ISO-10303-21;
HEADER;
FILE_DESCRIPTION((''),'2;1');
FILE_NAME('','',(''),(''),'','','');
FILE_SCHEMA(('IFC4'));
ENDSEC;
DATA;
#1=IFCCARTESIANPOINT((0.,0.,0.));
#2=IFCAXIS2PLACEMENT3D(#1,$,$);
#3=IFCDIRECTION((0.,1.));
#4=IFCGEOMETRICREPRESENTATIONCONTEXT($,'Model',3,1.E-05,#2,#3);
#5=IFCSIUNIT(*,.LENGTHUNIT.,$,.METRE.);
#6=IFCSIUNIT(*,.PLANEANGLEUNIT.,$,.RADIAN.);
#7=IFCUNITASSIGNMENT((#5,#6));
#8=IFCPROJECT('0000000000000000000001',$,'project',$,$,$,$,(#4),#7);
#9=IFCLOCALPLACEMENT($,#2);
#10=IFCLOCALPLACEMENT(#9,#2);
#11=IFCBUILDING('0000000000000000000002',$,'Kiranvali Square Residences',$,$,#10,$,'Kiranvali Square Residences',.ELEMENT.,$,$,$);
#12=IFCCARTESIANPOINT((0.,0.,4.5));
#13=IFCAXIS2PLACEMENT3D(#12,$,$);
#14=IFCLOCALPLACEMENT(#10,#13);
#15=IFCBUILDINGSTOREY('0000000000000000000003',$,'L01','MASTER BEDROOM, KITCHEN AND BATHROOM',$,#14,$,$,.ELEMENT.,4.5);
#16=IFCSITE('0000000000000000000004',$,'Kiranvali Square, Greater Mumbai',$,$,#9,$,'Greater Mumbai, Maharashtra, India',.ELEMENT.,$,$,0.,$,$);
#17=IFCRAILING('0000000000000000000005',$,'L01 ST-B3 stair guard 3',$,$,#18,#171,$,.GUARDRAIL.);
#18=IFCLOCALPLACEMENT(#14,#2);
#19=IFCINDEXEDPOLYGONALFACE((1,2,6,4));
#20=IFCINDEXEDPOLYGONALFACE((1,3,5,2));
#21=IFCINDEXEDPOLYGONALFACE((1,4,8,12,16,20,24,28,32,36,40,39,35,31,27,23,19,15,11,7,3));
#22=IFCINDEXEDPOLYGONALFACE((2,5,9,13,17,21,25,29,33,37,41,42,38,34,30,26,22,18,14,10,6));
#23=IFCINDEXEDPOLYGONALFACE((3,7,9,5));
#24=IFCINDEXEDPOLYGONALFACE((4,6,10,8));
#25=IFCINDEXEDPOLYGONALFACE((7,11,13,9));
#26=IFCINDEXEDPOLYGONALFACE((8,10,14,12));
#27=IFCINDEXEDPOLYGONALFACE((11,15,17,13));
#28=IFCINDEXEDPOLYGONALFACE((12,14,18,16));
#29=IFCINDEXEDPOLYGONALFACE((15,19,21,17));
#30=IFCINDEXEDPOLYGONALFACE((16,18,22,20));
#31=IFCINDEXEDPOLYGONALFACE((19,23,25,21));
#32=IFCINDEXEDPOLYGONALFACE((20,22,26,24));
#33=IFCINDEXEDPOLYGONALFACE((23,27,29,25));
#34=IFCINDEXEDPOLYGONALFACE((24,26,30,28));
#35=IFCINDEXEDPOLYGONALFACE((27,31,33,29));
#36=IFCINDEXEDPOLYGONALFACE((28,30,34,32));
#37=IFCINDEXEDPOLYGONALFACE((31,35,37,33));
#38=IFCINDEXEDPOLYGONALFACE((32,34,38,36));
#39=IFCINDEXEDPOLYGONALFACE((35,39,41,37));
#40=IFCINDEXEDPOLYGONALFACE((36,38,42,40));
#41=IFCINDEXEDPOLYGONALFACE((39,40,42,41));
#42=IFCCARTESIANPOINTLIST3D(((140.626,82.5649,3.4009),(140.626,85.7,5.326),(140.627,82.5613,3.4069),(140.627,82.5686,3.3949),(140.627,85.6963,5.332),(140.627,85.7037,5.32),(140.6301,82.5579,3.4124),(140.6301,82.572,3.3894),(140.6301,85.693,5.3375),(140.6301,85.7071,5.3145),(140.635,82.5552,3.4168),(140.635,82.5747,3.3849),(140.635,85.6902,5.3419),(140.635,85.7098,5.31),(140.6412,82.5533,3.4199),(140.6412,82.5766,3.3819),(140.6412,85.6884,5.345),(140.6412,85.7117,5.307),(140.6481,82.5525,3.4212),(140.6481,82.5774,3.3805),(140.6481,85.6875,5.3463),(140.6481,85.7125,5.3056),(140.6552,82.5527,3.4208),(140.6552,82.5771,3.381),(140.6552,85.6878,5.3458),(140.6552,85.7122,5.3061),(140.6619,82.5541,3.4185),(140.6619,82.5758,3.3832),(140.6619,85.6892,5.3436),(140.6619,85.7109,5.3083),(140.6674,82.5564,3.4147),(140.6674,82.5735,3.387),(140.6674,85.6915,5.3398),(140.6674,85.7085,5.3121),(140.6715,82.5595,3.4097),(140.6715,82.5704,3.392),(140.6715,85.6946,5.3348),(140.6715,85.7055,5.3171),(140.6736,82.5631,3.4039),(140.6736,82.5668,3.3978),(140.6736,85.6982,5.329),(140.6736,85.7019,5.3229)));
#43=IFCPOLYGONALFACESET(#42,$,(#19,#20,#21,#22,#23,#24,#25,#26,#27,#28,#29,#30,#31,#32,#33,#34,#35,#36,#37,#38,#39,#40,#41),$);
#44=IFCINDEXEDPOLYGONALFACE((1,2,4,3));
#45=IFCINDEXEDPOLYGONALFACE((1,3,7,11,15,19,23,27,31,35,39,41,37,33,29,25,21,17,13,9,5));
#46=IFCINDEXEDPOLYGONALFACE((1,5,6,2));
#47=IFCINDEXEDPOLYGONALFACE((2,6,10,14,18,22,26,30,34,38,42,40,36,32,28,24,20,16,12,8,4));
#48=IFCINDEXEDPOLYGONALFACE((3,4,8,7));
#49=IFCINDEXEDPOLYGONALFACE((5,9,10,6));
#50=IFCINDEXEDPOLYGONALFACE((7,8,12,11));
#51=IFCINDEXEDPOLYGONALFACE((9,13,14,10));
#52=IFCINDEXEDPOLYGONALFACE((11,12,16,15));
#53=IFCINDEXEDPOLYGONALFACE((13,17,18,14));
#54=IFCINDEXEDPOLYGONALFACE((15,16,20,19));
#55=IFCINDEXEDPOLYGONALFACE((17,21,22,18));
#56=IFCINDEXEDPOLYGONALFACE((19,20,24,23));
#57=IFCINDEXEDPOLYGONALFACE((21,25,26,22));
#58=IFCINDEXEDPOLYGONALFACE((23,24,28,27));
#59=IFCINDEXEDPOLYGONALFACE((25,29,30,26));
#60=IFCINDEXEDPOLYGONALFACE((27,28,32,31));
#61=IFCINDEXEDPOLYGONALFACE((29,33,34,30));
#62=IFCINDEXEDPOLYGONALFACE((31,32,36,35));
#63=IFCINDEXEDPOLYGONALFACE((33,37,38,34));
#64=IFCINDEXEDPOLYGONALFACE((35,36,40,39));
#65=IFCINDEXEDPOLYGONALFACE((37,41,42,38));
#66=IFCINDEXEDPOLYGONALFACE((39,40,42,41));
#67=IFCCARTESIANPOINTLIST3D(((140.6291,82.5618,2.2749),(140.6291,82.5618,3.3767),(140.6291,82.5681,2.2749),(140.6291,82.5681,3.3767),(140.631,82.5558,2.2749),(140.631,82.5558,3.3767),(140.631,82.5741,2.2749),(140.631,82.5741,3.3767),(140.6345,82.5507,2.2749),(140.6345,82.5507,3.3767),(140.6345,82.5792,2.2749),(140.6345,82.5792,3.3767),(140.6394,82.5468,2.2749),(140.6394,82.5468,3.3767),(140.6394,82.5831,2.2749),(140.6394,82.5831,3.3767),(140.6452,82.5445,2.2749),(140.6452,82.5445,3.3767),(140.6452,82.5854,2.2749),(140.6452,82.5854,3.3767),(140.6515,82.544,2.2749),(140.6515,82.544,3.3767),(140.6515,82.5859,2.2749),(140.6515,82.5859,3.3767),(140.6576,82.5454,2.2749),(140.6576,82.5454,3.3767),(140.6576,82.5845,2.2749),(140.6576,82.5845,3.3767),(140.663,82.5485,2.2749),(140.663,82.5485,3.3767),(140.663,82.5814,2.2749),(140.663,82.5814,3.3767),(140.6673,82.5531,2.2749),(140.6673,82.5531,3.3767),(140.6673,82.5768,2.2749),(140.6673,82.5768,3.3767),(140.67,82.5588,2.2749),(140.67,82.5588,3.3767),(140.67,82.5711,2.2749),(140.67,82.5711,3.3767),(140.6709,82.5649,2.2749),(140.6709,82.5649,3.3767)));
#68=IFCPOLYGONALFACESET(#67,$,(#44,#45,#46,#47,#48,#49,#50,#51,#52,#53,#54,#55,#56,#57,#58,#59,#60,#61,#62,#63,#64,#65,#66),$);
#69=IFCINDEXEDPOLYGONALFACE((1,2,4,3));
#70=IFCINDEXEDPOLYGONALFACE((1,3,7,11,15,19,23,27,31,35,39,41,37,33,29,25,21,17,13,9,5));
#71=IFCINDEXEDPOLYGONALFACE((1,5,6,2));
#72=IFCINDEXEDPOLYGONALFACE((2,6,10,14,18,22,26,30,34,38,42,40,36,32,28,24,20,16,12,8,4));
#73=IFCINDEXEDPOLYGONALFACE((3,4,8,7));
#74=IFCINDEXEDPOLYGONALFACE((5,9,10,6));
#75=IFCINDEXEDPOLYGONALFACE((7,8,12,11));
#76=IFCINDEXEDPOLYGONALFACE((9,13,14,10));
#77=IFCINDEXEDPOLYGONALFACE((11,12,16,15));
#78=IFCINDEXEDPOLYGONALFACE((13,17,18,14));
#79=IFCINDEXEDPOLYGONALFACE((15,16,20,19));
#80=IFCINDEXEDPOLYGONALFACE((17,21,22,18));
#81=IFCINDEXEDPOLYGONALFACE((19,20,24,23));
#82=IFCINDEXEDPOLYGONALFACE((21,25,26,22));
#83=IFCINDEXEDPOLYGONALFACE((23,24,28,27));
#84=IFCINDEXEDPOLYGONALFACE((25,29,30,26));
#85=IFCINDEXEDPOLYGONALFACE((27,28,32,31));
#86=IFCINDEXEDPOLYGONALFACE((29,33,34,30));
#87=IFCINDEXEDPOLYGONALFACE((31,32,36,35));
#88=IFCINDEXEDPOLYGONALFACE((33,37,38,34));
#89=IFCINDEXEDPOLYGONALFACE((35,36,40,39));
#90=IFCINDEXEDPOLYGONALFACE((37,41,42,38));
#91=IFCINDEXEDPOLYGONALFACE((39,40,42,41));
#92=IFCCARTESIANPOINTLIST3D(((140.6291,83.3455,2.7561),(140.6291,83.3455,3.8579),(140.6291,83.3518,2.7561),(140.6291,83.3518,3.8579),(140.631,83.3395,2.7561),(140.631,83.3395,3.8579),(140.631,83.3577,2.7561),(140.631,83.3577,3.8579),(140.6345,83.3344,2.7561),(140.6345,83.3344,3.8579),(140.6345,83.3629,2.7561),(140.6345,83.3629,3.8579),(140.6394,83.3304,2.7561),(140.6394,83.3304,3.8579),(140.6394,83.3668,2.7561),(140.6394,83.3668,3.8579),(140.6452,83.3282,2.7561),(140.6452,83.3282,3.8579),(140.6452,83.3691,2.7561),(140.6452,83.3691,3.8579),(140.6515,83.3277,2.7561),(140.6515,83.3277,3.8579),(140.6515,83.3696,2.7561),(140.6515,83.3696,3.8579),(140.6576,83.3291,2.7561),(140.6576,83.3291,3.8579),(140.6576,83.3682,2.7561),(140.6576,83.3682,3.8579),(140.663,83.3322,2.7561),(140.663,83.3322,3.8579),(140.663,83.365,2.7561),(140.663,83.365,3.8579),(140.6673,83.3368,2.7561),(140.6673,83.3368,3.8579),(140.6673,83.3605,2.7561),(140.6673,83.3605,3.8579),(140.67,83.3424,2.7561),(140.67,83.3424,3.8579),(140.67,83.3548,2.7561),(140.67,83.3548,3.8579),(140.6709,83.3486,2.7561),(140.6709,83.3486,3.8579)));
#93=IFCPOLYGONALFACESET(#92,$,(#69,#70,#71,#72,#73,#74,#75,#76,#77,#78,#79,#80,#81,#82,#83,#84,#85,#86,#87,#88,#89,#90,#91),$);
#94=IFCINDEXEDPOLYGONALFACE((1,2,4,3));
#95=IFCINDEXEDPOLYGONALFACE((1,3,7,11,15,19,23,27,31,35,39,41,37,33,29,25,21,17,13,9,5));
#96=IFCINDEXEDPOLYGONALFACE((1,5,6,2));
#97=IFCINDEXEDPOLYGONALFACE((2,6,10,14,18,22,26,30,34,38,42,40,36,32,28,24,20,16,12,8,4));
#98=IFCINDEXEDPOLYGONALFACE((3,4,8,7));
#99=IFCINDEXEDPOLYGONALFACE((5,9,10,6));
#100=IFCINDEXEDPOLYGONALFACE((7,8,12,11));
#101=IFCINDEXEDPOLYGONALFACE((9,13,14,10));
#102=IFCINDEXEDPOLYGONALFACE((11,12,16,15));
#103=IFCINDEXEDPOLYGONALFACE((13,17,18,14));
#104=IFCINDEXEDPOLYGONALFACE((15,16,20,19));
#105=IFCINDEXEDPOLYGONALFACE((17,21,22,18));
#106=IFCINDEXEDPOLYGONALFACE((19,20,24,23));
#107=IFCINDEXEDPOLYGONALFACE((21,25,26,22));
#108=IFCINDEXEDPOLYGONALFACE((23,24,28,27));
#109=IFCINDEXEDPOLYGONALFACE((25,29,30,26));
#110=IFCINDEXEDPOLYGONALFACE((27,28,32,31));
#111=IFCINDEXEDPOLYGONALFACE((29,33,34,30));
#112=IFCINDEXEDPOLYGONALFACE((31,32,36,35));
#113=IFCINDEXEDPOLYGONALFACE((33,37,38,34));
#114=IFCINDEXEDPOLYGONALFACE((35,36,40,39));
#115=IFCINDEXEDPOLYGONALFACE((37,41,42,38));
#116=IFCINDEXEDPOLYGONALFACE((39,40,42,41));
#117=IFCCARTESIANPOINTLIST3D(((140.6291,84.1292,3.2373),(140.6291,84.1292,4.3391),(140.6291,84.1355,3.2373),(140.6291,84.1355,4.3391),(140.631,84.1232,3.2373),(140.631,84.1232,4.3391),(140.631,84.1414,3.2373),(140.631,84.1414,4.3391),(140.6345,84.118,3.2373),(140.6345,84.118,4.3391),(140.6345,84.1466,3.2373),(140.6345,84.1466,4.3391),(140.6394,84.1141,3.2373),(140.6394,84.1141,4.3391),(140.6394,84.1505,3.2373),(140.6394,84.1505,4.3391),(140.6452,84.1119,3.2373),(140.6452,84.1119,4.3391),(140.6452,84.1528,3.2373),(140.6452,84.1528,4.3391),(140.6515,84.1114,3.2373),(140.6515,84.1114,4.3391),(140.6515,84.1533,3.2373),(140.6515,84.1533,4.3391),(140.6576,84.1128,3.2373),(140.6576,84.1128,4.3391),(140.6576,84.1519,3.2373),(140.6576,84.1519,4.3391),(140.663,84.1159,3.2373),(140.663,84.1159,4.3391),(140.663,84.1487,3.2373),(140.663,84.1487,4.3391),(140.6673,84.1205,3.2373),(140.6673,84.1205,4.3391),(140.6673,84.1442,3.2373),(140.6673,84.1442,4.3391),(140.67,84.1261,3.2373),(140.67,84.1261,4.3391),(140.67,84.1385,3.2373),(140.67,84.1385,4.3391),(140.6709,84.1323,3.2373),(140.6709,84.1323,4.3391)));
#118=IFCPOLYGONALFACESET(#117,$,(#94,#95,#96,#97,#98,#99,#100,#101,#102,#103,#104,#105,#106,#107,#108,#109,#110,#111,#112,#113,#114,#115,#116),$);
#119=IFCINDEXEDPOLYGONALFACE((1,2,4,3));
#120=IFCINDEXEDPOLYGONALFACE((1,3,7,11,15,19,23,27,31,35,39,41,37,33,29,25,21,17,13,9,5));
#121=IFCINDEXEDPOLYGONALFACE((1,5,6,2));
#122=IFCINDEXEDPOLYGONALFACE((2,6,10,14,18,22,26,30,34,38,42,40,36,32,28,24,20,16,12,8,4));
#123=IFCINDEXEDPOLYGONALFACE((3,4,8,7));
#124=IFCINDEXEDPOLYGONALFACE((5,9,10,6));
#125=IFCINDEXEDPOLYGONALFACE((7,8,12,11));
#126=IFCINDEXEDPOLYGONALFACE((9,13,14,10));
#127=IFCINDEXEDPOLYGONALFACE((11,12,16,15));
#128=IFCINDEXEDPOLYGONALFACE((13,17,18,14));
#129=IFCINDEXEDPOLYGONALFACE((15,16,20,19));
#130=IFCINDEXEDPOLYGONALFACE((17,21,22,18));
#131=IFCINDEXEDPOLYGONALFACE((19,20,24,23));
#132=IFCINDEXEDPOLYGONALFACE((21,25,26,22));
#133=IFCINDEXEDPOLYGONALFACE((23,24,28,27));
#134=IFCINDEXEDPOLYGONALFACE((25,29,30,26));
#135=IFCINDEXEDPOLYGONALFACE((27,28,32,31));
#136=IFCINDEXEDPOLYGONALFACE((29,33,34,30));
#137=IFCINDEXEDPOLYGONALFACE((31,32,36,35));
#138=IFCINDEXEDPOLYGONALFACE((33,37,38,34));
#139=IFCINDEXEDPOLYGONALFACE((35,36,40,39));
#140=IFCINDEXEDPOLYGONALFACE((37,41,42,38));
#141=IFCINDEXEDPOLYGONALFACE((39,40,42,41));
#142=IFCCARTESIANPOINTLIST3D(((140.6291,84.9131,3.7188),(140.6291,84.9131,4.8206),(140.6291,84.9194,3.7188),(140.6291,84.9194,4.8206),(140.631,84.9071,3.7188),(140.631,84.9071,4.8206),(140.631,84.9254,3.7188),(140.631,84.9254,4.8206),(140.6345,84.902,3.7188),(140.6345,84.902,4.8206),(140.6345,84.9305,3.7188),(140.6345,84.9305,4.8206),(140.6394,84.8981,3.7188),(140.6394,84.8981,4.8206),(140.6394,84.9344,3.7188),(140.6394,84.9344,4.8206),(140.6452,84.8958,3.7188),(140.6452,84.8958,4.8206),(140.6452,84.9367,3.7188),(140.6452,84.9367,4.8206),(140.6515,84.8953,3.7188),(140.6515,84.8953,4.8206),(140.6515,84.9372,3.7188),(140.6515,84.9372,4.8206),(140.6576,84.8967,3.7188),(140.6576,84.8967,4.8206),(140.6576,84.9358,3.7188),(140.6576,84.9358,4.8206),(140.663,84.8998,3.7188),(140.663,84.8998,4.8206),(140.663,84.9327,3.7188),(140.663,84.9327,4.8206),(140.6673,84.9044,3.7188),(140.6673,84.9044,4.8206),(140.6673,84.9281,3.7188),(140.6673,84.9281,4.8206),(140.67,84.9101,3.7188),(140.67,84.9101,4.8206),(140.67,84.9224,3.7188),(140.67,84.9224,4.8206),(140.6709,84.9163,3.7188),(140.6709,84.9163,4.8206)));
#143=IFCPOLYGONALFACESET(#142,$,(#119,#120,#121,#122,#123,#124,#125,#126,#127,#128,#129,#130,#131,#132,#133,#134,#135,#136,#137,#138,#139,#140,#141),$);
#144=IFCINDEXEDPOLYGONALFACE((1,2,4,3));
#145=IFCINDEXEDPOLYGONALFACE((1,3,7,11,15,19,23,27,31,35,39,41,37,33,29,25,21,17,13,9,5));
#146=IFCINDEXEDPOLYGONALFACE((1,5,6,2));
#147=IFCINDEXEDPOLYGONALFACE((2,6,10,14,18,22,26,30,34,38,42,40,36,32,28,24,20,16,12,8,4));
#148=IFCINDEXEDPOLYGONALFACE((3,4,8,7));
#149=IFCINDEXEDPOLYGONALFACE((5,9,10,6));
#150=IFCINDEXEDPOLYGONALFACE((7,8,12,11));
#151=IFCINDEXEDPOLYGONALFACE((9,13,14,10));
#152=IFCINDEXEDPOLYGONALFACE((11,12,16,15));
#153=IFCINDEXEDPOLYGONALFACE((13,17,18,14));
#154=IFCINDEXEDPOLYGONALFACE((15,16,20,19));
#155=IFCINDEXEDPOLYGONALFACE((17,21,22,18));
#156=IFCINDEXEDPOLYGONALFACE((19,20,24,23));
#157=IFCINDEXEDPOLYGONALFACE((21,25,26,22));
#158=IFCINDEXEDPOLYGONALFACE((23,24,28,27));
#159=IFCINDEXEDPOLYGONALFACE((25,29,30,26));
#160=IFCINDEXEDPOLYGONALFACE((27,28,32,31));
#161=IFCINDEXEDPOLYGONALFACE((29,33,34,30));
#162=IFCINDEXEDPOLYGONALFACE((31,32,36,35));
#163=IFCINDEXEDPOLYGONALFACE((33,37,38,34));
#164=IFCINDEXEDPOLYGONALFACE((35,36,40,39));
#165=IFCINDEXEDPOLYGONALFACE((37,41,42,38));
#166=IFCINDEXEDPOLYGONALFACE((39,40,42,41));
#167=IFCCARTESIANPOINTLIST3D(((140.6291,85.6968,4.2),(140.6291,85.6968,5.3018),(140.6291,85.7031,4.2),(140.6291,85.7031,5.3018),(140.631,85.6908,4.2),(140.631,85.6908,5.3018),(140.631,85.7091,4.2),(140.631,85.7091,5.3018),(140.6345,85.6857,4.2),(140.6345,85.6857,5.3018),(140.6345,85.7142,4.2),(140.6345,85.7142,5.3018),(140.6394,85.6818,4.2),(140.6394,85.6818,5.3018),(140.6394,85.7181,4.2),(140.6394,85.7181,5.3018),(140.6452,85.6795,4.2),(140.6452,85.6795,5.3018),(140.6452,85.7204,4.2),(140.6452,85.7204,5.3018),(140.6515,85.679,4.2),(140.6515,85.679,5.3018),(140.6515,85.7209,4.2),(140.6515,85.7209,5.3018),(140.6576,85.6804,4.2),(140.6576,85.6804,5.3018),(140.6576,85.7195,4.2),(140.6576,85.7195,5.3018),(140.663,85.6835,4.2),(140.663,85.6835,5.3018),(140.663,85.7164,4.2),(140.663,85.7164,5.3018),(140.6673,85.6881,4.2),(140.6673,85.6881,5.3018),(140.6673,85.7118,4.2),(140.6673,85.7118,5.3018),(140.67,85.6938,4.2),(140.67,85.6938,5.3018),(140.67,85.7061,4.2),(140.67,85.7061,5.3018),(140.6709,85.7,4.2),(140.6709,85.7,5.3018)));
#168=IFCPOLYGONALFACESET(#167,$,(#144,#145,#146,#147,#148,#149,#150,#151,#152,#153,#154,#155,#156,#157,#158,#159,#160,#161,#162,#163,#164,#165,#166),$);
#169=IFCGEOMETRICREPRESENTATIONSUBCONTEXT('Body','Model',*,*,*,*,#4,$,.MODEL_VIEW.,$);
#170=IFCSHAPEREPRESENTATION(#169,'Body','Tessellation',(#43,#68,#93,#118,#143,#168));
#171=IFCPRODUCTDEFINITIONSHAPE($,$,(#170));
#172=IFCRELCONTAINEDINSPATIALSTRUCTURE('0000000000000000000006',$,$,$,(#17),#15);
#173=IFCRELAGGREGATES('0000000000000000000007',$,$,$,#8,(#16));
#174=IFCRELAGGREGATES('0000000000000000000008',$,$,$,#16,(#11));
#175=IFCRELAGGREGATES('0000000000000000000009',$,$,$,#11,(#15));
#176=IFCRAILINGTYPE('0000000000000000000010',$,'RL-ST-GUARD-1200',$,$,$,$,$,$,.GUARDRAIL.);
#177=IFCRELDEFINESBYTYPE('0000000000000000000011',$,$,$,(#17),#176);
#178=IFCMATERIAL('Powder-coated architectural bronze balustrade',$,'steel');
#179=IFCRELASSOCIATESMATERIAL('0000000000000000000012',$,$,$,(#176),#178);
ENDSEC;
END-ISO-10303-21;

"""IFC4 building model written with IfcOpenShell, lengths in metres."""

from ifc_helpers import new_model, si_unit, direction, frame, origin, origin_2d, place, context, subcontext, project, spatial, circle, extrude, material, type_object, element, save


model = new_model("IFC4")

# Units and contexts
model_context = context("Model", 3, precision=1e-05, world=origin(), true_north=direction((0.0, 1.0)))
body_context = subcontext(model_context, "Body", "Model", "MODEL_VIEW")
ifc_project = project(units=[si_unit("LENGTHUNIT", "METRE"), si_unit("PLANEANGLEUNIT", "RADIAN")], contexts=[model_context])

# Site, building, storey
site_placement = place(None, origin())
site = spatial("IfcSite", under=ifc_project, at=site_placement, Name="Kiranvali Square, Greater Mumbai", LongName="Greater Mumbai, Maharashtra, India", CompositionType="ELEMENT", RefElevation=0.0)
building_placement = place(site_placement, origin())
building = spatial("IfcBuilding", under=site, at=building_placement, Name="Kiranvali Square Residences", LongName="Kiranvali Square Residences", CompositionType="ELEMENT")
storey_placement = place(building_placement, frame((0.0, 0.0, 4.5)))
storey = spatial("IfcBuildingStorey", under=building, at=storey_placement, Name="L01", Description="MASTER BEDROOM, KITCHEN AND BATHROOM", CompositionType="ELEMENT", Elevation=4.5)

# Railing
ifc_material_1 = material(Name="Powder-coated architectural bronze balustrade", Category="steel")
railing_type = type_object("IfcRailingType", Name="RL-ST-GUARD-1200", PredefinedType="GUARDRAIL", material=ifc_material_1)
railing_1_placement = place(storey_placement, frame((140.6499, 82.5649, 2.2749)))
element("IfcRailing", 1, at=railing_1_placement, inside=storey, type_object=railing_type, Name="L01 ST-B3 stair guard 3", PredefinedType="GUARDRAIL", context=body_context, shape_type="SweptSolid", body=[
    extrude(circle(Radius=0.0239, at=origin_2d()), frame((0.0, 0.0, 1.126), z_axis=(0.0, 0.852166, 0.523271), x_axis=(-1.0, 0.0, 0.0)), (0.0, 0.0, 1.0), 3.679),
    extrude(circle(Radius=0.021, at=origin_2d()), origin(), (0.0, 0.0, 1.0), 1.1018),
    extrude(circle(Radius=0.021, at=origin_2d()), frame((0.0, 0.7837, 0.4812)), (0.0, 0.0, 1.0), 1.1018),
    extrude(circle(Radius=0.021, at=origin_2d()), frame((0.0, 1.5674, 0.9624)), (0.0, 0.0, 1.0), 1.1018),
    extrude(circle(Radius=0.021, at=origin_2d()), frame((0.0, 2.3513, 1.4438)), (0.0, 0.0, 1.0), 1.1018),
    extrude(circle(Radius=0.021, at=origin_2d()), frame((0.0, 3.135, 1.925)), (0.0, 0.0, 1.0), 1.1018),
])

save(model, "model.ifc")
